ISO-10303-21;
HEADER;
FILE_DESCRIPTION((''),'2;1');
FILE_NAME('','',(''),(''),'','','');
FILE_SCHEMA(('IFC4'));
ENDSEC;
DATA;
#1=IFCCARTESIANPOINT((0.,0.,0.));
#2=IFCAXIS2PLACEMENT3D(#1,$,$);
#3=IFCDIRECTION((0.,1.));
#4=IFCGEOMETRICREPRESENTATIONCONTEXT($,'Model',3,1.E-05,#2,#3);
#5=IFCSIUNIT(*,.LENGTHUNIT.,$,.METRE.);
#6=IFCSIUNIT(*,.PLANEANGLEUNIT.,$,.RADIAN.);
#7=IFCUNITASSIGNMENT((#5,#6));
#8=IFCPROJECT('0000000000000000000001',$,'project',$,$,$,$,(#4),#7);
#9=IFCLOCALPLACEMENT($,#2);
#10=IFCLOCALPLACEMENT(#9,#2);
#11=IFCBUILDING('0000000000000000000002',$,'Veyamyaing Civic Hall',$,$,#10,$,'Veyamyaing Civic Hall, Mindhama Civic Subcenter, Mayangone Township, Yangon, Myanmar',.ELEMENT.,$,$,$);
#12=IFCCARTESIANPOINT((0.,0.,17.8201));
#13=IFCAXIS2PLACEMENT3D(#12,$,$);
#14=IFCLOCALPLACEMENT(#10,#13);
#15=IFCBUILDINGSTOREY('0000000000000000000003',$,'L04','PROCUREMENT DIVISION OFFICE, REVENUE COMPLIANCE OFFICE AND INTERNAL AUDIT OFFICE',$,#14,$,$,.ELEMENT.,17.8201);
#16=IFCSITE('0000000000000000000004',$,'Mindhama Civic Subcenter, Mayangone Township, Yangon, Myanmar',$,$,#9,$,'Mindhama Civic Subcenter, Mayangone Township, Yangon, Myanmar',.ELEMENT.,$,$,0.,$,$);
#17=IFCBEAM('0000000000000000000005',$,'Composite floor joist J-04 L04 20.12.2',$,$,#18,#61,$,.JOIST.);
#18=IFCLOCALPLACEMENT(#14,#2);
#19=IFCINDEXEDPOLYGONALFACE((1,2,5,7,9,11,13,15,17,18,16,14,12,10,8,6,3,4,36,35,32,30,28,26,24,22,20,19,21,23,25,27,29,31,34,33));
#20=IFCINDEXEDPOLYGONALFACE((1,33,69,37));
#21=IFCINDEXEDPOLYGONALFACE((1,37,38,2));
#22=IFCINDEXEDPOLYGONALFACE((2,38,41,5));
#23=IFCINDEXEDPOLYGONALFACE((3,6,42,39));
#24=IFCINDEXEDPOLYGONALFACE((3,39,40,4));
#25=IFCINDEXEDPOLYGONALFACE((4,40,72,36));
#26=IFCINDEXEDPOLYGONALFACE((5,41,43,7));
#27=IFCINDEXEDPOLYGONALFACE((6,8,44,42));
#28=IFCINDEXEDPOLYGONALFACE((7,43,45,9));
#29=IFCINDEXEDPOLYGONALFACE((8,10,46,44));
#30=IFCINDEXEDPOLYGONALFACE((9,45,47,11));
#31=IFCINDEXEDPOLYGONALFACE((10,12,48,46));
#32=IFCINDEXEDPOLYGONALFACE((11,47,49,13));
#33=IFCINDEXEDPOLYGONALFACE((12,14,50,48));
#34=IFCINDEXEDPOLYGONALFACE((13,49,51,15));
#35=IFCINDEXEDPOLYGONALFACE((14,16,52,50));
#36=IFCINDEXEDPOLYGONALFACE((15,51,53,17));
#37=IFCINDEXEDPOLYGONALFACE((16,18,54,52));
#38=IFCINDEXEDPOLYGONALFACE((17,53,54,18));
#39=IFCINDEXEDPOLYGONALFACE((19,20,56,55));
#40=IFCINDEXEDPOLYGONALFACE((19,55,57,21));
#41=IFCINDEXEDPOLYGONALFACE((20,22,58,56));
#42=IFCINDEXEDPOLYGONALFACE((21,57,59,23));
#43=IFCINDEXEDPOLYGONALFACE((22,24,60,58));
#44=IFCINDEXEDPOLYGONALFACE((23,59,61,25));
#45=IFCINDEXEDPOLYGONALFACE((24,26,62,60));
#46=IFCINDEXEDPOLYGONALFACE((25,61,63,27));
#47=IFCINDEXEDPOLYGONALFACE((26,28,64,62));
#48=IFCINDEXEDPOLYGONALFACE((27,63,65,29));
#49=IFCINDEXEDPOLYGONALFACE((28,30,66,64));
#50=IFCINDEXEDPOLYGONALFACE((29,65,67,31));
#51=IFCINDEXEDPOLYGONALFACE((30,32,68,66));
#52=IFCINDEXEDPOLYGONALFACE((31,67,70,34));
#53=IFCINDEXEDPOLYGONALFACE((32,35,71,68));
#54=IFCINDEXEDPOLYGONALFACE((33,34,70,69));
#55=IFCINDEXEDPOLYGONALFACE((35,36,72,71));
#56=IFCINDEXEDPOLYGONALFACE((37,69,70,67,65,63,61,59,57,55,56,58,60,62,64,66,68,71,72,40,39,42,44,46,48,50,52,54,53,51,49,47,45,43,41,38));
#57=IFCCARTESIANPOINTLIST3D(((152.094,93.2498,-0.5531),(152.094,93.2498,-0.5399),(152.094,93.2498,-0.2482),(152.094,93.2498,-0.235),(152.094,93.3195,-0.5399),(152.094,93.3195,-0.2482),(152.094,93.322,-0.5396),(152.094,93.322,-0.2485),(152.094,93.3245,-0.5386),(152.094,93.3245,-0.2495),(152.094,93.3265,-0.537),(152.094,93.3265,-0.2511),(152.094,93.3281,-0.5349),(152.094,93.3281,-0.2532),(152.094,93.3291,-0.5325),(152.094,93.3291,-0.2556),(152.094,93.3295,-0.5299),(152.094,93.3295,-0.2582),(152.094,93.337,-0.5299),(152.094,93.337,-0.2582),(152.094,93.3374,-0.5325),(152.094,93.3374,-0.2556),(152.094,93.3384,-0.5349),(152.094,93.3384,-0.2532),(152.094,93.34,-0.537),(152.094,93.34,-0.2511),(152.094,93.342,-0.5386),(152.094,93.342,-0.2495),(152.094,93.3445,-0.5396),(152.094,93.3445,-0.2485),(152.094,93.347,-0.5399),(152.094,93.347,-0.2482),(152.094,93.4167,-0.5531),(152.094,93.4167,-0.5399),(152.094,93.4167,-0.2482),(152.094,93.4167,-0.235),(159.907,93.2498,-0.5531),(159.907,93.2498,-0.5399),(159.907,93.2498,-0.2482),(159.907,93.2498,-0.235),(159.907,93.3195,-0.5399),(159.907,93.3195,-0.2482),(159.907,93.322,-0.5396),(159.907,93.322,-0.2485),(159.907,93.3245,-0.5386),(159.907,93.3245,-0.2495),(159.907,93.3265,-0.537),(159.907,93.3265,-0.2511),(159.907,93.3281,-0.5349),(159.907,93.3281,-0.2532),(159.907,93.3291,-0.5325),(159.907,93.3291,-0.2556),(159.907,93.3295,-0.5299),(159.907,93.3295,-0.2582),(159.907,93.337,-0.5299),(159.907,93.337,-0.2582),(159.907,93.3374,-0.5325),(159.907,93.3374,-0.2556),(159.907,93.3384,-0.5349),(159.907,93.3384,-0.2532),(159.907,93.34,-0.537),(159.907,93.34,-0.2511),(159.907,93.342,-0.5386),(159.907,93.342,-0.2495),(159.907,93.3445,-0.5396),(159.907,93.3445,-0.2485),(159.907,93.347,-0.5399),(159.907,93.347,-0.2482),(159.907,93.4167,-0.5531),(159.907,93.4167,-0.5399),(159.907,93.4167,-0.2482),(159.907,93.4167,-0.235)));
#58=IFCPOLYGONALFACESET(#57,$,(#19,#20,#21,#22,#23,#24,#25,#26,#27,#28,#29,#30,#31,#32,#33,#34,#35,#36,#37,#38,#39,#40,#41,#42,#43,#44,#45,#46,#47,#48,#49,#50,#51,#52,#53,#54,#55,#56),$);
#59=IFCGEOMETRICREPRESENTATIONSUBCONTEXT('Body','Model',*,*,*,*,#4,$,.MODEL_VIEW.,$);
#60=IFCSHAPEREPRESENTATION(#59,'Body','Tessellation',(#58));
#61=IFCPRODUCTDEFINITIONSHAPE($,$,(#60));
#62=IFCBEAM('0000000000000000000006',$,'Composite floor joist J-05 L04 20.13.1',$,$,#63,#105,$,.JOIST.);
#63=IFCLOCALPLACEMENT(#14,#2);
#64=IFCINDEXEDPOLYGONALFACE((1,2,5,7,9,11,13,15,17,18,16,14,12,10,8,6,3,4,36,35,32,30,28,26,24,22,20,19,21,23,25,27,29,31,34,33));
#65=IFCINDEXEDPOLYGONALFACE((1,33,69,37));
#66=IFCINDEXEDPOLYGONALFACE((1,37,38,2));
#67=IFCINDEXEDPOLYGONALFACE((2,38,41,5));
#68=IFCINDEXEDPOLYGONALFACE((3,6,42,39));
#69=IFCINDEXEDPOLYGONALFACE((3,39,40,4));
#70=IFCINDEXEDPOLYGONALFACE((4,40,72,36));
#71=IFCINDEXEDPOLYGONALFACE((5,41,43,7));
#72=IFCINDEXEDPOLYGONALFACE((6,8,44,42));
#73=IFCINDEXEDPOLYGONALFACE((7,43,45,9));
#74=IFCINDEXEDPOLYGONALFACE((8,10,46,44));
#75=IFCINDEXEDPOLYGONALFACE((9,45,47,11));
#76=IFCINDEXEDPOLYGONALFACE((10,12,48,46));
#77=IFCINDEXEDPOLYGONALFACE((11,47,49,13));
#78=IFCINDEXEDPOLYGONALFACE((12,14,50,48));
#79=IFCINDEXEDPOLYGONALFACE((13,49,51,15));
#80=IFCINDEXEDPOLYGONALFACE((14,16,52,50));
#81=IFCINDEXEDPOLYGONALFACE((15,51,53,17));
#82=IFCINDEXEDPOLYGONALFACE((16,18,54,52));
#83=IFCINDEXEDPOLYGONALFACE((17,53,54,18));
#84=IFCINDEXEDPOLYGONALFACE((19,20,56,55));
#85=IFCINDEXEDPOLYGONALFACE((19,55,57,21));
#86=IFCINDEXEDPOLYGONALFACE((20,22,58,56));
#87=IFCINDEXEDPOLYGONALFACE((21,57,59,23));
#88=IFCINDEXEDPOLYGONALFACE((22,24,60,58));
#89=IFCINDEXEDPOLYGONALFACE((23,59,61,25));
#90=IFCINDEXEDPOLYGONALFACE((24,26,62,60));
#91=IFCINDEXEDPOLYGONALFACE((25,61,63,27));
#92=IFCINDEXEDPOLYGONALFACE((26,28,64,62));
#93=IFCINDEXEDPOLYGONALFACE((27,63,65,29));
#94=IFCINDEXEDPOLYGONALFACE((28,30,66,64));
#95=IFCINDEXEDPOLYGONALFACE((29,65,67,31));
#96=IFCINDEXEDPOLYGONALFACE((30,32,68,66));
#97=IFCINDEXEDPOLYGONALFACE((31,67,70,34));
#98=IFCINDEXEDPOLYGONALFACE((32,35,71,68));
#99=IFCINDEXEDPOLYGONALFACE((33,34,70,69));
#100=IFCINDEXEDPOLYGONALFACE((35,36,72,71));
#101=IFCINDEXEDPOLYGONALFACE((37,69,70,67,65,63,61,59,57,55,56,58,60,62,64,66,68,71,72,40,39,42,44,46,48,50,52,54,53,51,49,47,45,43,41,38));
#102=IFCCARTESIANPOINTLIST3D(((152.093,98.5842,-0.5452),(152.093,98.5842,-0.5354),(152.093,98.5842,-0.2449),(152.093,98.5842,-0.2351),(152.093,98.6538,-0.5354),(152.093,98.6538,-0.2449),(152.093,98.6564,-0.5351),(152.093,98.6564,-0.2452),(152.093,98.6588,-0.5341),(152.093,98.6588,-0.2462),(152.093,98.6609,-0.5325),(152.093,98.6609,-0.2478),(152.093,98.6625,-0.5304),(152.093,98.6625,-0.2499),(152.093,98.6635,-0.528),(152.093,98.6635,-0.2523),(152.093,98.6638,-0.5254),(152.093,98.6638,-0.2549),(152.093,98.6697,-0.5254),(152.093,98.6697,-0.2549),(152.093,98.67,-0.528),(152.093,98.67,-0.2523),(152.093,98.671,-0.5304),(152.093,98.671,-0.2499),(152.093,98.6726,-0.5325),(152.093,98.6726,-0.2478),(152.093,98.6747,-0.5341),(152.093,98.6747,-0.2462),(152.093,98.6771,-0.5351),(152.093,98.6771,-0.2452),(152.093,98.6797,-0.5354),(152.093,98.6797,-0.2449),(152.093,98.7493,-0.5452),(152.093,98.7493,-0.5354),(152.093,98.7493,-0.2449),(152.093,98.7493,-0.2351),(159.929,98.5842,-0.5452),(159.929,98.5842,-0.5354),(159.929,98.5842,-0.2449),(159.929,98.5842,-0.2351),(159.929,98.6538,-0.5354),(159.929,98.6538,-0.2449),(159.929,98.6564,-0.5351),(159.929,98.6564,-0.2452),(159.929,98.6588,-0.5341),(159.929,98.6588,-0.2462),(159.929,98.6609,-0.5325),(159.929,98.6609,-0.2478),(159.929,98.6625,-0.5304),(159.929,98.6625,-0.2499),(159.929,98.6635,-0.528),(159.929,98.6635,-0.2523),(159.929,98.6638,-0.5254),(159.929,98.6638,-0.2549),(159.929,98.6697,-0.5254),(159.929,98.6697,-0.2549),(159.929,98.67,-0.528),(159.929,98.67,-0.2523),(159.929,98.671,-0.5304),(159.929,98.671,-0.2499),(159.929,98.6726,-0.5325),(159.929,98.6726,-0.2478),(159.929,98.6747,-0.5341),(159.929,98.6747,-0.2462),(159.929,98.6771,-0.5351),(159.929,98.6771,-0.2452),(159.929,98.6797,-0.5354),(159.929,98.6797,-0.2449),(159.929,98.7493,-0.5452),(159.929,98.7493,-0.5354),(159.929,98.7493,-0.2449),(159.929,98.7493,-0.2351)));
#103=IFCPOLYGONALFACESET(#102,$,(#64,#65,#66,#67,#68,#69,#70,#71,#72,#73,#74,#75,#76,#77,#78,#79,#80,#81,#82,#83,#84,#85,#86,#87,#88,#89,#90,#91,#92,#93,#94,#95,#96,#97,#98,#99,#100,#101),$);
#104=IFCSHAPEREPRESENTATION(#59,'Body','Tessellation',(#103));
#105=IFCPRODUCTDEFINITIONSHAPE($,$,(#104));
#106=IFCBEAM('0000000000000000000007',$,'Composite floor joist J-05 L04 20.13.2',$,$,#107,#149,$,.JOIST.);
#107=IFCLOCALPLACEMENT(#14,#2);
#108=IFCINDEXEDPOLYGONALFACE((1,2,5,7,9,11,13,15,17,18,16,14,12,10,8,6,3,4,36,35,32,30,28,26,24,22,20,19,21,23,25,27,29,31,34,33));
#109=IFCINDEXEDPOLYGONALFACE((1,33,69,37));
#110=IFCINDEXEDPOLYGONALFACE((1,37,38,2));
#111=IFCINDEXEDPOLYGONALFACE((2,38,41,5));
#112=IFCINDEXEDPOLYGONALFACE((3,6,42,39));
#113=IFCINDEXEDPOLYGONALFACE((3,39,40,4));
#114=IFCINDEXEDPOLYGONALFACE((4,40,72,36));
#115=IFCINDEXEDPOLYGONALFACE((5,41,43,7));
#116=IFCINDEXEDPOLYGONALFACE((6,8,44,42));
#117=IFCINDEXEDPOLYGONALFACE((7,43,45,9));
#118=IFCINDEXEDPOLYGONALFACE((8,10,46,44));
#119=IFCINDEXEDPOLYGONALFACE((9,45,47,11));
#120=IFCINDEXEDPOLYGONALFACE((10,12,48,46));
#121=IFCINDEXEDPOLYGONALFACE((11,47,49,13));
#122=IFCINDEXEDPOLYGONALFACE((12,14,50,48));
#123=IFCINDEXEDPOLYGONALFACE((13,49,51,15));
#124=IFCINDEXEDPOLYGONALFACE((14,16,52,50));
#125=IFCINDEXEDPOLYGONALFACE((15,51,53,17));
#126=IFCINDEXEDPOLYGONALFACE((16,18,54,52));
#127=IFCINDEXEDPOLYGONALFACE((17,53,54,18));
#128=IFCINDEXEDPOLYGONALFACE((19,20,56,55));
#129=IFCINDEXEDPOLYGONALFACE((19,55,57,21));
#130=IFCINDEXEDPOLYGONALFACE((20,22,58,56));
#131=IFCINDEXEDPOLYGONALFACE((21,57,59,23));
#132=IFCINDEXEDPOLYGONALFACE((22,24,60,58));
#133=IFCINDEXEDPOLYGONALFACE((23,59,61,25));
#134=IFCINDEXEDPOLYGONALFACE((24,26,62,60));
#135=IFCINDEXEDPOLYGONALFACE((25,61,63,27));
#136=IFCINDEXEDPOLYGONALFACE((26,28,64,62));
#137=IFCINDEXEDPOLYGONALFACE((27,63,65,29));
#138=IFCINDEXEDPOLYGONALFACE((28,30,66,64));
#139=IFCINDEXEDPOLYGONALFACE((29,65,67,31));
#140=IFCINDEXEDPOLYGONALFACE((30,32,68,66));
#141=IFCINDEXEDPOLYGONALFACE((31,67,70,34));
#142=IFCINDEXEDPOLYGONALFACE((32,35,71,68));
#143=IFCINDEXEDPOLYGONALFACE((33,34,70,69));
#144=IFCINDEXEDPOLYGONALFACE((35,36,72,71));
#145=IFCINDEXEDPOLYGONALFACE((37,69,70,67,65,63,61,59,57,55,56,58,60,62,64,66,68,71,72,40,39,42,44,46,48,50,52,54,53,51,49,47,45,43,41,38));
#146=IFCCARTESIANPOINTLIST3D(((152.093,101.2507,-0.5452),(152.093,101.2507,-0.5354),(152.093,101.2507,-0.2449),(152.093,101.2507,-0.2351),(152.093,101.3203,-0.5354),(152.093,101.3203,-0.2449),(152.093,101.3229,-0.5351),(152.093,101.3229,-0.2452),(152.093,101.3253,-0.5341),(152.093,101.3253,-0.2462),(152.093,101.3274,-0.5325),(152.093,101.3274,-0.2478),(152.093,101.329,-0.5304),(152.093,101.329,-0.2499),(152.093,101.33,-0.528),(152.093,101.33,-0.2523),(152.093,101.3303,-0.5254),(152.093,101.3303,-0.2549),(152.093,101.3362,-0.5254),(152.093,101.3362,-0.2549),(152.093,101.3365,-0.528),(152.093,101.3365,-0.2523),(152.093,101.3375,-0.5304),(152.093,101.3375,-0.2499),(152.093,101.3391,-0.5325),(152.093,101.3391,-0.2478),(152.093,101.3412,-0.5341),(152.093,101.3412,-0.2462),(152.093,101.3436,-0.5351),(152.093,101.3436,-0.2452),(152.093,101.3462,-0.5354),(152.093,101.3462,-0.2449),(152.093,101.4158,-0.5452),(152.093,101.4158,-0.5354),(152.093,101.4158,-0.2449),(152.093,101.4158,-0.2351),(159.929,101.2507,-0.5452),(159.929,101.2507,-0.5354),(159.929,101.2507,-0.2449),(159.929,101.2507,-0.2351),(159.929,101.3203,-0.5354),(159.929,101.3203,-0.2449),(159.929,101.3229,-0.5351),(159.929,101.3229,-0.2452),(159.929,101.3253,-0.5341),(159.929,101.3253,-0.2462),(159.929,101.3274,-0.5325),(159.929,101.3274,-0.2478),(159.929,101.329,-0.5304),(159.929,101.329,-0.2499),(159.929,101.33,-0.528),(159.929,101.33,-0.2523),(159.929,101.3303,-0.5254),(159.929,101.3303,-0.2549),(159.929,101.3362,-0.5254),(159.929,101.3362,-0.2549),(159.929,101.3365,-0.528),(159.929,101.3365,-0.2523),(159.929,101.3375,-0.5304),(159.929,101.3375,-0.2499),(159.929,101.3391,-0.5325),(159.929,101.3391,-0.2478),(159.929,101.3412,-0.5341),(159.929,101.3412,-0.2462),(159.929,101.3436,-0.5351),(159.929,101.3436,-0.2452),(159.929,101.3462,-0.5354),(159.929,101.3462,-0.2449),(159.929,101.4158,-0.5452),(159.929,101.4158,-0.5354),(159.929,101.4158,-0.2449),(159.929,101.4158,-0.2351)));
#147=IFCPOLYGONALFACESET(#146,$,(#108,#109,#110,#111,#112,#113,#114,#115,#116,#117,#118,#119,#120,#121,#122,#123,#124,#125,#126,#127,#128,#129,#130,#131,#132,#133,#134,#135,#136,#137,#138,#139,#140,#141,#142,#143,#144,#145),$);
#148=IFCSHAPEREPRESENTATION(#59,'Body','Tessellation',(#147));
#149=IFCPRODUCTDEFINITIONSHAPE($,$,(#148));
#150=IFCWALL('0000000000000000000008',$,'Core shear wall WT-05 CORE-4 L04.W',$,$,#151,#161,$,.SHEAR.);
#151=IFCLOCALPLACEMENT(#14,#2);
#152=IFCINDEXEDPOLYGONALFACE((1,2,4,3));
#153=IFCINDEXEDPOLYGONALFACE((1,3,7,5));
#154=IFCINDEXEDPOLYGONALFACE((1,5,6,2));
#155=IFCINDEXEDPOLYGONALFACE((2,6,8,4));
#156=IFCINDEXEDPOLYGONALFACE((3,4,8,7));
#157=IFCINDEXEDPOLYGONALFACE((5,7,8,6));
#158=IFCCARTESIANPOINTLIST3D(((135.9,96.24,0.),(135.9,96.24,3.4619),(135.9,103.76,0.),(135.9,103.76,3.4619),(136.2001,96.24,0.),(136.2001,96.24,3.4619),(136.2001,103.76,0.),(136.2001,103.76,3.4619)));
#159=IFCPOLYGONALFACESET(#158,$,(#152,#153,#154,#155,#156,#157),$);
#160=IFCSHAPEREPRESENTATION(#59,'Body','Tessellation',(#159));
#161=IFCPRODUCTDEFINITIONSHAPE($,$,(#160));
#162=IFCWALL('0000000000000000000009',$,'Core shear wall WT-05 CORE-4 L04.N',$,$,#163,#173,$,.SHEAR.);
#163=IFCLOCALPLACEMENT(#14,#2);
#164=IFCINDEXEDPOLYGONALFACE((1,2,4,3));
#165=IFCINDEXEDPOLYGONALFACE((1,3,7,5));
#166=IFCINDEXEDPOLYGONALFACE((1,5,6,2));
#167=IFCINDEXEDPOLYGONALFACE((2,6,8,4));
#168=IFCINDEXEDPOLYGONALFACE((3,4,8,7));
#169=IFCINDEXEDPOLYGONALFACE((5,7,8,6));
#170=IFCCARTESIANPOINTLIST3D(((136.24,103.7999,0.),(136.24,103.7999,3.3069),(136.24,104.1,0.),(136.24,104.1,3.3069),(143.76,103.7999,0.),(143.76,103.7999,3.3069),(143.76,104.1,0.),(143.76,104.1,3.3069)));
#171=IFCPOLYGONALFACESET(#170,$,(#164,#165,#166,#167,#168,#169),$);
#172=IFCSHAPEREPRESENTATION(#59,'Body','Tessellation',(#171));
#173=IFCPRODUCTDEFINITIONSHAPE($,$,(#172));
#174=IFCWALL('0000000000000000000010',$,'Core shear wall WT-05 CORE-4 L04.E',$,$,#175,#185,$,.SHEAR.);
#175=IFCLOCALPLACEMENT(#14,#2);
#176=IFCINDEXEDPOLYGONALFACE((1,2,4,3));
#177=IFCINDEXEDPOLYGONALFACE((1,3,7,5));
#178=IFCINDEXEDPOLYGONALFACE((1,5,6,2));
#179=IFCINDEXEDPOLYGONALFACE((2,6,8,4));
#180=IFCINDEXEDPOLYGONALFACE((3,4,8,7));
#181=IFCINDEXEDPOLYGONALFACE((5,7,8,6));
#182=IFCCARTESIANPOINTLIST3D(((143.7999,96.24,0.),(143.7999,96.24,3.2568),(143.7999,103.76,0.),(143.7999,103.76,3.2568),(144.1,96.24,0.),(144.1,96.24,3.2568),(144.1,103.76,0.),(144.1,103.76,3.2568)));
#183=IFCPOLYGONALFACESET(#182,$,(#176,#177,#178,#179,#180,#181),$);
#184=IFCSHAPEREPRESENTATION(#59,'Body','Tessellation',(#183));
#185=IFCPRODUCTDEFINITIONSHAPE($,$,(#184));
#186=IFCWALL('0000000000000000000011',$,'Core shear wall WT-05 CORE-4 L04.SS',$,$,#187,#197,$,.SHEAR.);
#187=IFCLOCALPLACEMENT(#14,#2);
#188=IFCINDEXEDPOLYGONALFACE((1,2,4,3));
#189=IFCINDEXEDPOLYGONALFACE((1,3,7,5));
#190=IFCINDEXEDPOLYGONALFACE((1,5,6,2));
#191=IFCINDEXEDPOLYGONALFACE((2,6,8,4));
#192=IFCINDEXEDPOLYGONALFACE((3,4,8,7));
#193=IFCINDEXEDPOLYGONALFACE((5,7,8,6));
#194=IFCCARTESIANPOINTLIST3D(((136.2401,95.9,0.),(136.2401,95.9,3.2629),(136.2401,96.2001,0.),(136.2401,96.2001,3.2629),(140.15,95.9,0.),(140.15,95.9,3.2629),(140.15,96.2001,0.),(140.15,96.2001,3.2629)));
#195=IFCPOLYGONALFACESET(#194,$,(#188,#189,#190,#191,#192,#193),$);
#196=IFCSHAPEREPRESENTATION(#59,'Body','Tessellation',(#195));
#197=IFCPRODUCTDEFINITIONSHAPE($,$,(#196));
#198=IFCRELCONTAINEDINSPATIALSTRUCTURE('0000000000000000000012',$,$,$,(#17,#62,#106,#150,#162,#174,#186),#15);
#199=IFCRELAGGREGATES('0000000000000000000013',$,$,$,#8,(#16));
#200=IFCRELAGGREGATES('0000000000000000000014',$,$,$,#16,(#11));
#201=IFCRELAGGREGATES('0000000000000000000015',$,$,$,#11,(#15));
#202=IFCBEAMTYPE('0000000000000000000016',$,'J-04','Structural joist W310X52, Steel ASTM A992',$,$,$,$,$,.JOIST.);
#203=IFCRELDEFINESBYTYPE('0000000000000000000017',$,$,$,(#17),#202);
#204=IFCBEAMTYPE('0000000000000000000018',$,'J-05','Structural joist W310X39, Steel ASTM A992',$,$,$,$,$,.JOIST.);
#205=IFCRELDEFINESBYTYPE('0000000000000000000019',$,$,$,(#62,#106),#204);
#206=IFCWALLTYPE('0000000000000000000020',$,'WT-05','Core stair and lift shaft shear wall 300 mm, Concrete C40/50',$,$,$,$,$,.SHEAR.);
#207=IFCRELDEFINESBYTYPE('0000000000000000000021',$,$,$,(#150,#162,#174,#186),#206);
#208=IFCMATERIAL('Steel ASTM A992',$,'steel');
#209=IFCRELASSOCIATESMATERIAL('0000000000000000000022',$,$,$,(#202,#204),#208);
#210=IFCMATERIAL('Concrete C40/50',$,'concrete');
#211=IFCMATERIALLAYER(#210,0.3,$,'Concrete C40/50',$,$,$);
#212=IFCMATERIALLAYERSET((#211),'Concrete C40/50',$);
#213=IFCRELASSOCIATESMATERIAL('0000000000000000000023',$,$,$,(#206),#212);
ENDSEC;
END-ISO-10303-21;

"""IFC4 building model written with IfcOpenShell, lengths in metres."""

from ifc_helpers import new_model, si_unit, direction, frame, frame_2d, origin, origin_2d, place, context, subcontext, project, spatial, rectangle, i_section, extrude, material, layer, layer_set, material_profile, profile_set, type_object, element, save


model = new_model("IFC4")

# Units and contexts
model_context = context("Model", 3, precision=1e-05, world=origin(), true_north=direction((0.0, 1.0)))
body_context = subcontext(model_context, "Body", "Model", "MODEL_VIEW")
ifc_project = project(units=[si_unit("LENGTHUNIT", "METRE"), si_unit("PLANEANGLEUNIT", "RADIAN")], contexts=[model_context])

# Site, building, storey
site_placement = place(None, origin())
site = spatial("IfcSite", under=ifc_project, at=site_placement, Name="Mindhama Civic Subcenter, Mayangone Township, Yangon, Myanmar", LongName="Mindhama Civic Subcenter, Mayangone Township, Yangon, Myanmar", CompositionType="ELEMENT", RefElevation=0.0)
building_placement = place(site_placement, origin())
building = spatial("IfcBuilding", under=site, at=building_placement, Name="Veyamyaing Civic Hall", LongName="Veyamyaing Civic Hall, Mindhama Civic Subcenter, Mayangone Township, Yangon, Myanmar", CompositionType="ELEMENT")
storey_placement = place(building_placement, frame((0.0, 0.0, 17.8201)))
storey = spatial("IfcBuildingStorey", under=building, at=storey_placement, Name="L04", Description="PROCUREMENT DIVISION OFFICE, REVENUE COMPLIANCE OFFICE AND INTERNAL AUDIT OFFICE", CompositionType="ELEMENT", Elevation=17.8201)

# Beams
ifc_material_1 = material(Name="Steel ASTM A992", Category="steel")
ifc_material_profile_1 = material_profile(ifc_material_1, i_section(OverallWidth=0.167, OverallDepth=0.3181, WebThickness=0.0076, FlangeThickness=0.0132, FilletRadius=0.01, at=origin_2d()), Name="W310X52")
ifc_profile_set_1 = profile_set([ifc_material_profile_1], Name="Steel ASTM A992")
beam_type_1 = type_object("IfcBeamType", Name="J-04", Description="Structural joist W310X52, Steel ASTM A992", PredefinedType="JOIST", material=ifc_profile_set_1)
for number, where, z_axis, x_axis, name in (
    (1, (152.094, 93.3333, -0.394), (1.0, 0.0, 0.0), (0.0, 1.0, 0.0), "Composite floor joist J-04 L04 20.12.2"),
):
    element("IfcBeam", number, at=place(storey_placement, frame(where, z_axis=z_axis, x_axis=x_axis)), inside=storey, type_object=beam_type_1, Name=name, PredefinedType="JOIST", context=body_context, shape_type="SweptSolid", body=[
        extrude(i_section(OverallWidth=0.167, OverallDepth=0.3181, WebThickness=0.0076, FlangeThickness=0.0132, FilletRadius=0.01, at=origin_2d()), origin(), (0.0, 0.0, 1.0), 7.813),
    ])
ifc_material_profile_2 = material_profile(ifc_material_1, i_section(OverallWidth=0.165, OverallDepth=0.3101, WebThickness=0.0059, FlangeThickness=0.0098, FilletRadius=0.01, at=origin_2d()), Name="W310X39")
ifc_profile_set_2 = profile_set([ifc_material_profile_2], Name="Steel ASTM A992")
beam_type_2 = type_object("IfcBeamType", Name="J-05", Description="Structural joist W310X39, Steel ASTM A992", PredefinedType="JOIST", material=ifc_profile_set_2)
for number, where, z_axis, x_axis, name in (
    (2, (152.093, 98.6667, -0.3901), (1.0, 0.0, 0.0), (0.0, 1.0, 0.0), "Composite floor joist J-05 L04 20.13.1"),
    (3, (152.093, 101.3333, -0.3901), (1.0, 0.0, 0.0), (0.0, 1.0, 0.0), "Composite floor joist J-05 L04 20.13.2"),
):
    element("IfcBeam", number, at=place(storey_placement, frame(where, z_axis=z_axis, x_axis=x_axis)), inside=storey, type_object=beam_type_2, Name=name, PredefinedType="JOIST", context=body_context, shape_type="SweptSolid", body=[
        extrude(i_section(OverallWidth=0.165, OverallDepth=0.3101, WebThickness=0.0059, FlangeThickness=0.0098, FilletRadius=0.01, at=origin_2d()), origin(), (0.0, 0.0, 1.0), 7.8359),
    ])

# Walls
ifc_material_2 = material(Name="Concrete C40/50", Category="concrete")
ifc_layer_1 = layer(ifc_material_2, 0.3, Name="Concrete C40/50")
ifc_layer_set_1 = layer_set([ifc_layer_1], Name="Concrete C40/50")
wall_type_1 = type_object("IfcWallType", Name="WT-05", Description="Core stair and lift shaft shear wall 300 mm, Concrete C40/50", PredefinedType="SHEAR", material=ifc_layer_set_1)
wall_1_placement = place(storey_placement, frame((136.05, 96.24, 0.0), z_axis=(0.0, 0.0, 1.0), x_axis=(0.0, 1.0, 0.0)))
element("IfcWall", 4, at=wall_1_placement, inside=storey, type_object=wall_type_1, Name="Core shear wall WT-05 CORE-4 L04.W", PredefinedType="SHEAR", context=body_context, shape_type="SweptSolid", body=[
    extrude(rectangle(XDim=7.52, YDim=0.3, at=frame_2d((3.76, 0.0))), origin(), (0.0, 0.0, 1.0), 3.4619),
])
wall_2_placement = place(storey_placement, frame((136.24, 103.95, 0.0), z_axis=(0.0, 0.0, 1.0), x_axis=(1.0, 0.0, 0.0)))
element("IfcWall", 5, at=wall_2_placement, inside=storey, type_object=wall_type_1, Name="Core shear wall WT-05 CORE-4 L04.N", PredefinedType="SHEAR", context=body_context, shape_type="SweptSolid", body=[
    extrude(rectangle(XDim=7.52, YDim=0.3, at=frame_2d((3.76, 0.0))), origin(), (0.0, 0.0, 1.0), 3.3069),
])
wall_3_placement = place(storey_placement, frame((143.95, 96.24, 0.0), z_axis=(0.0, 0.0, 1.0), x_axis=(0.0, 1.0, 0.0)))
element("IfcWall", 6, at=wall_3_placement, inside=storey, type_object=wall_type_1, Name="Core shear wall WT-05 CORE-4 L04.E", PredefinedType="SHEAR", context=body_context, shape_type="SweptSolid", body=[
    extrude(rectangle(XDim=7.52, YDim=0.3, at=frame_2d((3.76, 0.0))), origin(), (0.0, 0.0, 1.0), 3.2568),
])
wall_4_placement = place(storey_placement, frame((136.24, 96.05, 0.0), z_axis=(0.0, 0.0, 1.0), x_axis=(1.0, 0.0, 0.0)))
element("IfcWall", 7, at=wall_4_placement, inside=storey, type_object=wall_type_1, Name="Core shear wall WT-05 CORE-4 L04.SS", PredefinedType="SHEAR", context=body_context, shape_type="SweptSolid", body=[
    extrude(rectangle(XDim=3.9099, YDim=0.3, at=frame_2d((1.9551, 0.0))), origin(), (0.0, 0.0, 1.0), 3.2629),
])

save(model, "model.ifc")
